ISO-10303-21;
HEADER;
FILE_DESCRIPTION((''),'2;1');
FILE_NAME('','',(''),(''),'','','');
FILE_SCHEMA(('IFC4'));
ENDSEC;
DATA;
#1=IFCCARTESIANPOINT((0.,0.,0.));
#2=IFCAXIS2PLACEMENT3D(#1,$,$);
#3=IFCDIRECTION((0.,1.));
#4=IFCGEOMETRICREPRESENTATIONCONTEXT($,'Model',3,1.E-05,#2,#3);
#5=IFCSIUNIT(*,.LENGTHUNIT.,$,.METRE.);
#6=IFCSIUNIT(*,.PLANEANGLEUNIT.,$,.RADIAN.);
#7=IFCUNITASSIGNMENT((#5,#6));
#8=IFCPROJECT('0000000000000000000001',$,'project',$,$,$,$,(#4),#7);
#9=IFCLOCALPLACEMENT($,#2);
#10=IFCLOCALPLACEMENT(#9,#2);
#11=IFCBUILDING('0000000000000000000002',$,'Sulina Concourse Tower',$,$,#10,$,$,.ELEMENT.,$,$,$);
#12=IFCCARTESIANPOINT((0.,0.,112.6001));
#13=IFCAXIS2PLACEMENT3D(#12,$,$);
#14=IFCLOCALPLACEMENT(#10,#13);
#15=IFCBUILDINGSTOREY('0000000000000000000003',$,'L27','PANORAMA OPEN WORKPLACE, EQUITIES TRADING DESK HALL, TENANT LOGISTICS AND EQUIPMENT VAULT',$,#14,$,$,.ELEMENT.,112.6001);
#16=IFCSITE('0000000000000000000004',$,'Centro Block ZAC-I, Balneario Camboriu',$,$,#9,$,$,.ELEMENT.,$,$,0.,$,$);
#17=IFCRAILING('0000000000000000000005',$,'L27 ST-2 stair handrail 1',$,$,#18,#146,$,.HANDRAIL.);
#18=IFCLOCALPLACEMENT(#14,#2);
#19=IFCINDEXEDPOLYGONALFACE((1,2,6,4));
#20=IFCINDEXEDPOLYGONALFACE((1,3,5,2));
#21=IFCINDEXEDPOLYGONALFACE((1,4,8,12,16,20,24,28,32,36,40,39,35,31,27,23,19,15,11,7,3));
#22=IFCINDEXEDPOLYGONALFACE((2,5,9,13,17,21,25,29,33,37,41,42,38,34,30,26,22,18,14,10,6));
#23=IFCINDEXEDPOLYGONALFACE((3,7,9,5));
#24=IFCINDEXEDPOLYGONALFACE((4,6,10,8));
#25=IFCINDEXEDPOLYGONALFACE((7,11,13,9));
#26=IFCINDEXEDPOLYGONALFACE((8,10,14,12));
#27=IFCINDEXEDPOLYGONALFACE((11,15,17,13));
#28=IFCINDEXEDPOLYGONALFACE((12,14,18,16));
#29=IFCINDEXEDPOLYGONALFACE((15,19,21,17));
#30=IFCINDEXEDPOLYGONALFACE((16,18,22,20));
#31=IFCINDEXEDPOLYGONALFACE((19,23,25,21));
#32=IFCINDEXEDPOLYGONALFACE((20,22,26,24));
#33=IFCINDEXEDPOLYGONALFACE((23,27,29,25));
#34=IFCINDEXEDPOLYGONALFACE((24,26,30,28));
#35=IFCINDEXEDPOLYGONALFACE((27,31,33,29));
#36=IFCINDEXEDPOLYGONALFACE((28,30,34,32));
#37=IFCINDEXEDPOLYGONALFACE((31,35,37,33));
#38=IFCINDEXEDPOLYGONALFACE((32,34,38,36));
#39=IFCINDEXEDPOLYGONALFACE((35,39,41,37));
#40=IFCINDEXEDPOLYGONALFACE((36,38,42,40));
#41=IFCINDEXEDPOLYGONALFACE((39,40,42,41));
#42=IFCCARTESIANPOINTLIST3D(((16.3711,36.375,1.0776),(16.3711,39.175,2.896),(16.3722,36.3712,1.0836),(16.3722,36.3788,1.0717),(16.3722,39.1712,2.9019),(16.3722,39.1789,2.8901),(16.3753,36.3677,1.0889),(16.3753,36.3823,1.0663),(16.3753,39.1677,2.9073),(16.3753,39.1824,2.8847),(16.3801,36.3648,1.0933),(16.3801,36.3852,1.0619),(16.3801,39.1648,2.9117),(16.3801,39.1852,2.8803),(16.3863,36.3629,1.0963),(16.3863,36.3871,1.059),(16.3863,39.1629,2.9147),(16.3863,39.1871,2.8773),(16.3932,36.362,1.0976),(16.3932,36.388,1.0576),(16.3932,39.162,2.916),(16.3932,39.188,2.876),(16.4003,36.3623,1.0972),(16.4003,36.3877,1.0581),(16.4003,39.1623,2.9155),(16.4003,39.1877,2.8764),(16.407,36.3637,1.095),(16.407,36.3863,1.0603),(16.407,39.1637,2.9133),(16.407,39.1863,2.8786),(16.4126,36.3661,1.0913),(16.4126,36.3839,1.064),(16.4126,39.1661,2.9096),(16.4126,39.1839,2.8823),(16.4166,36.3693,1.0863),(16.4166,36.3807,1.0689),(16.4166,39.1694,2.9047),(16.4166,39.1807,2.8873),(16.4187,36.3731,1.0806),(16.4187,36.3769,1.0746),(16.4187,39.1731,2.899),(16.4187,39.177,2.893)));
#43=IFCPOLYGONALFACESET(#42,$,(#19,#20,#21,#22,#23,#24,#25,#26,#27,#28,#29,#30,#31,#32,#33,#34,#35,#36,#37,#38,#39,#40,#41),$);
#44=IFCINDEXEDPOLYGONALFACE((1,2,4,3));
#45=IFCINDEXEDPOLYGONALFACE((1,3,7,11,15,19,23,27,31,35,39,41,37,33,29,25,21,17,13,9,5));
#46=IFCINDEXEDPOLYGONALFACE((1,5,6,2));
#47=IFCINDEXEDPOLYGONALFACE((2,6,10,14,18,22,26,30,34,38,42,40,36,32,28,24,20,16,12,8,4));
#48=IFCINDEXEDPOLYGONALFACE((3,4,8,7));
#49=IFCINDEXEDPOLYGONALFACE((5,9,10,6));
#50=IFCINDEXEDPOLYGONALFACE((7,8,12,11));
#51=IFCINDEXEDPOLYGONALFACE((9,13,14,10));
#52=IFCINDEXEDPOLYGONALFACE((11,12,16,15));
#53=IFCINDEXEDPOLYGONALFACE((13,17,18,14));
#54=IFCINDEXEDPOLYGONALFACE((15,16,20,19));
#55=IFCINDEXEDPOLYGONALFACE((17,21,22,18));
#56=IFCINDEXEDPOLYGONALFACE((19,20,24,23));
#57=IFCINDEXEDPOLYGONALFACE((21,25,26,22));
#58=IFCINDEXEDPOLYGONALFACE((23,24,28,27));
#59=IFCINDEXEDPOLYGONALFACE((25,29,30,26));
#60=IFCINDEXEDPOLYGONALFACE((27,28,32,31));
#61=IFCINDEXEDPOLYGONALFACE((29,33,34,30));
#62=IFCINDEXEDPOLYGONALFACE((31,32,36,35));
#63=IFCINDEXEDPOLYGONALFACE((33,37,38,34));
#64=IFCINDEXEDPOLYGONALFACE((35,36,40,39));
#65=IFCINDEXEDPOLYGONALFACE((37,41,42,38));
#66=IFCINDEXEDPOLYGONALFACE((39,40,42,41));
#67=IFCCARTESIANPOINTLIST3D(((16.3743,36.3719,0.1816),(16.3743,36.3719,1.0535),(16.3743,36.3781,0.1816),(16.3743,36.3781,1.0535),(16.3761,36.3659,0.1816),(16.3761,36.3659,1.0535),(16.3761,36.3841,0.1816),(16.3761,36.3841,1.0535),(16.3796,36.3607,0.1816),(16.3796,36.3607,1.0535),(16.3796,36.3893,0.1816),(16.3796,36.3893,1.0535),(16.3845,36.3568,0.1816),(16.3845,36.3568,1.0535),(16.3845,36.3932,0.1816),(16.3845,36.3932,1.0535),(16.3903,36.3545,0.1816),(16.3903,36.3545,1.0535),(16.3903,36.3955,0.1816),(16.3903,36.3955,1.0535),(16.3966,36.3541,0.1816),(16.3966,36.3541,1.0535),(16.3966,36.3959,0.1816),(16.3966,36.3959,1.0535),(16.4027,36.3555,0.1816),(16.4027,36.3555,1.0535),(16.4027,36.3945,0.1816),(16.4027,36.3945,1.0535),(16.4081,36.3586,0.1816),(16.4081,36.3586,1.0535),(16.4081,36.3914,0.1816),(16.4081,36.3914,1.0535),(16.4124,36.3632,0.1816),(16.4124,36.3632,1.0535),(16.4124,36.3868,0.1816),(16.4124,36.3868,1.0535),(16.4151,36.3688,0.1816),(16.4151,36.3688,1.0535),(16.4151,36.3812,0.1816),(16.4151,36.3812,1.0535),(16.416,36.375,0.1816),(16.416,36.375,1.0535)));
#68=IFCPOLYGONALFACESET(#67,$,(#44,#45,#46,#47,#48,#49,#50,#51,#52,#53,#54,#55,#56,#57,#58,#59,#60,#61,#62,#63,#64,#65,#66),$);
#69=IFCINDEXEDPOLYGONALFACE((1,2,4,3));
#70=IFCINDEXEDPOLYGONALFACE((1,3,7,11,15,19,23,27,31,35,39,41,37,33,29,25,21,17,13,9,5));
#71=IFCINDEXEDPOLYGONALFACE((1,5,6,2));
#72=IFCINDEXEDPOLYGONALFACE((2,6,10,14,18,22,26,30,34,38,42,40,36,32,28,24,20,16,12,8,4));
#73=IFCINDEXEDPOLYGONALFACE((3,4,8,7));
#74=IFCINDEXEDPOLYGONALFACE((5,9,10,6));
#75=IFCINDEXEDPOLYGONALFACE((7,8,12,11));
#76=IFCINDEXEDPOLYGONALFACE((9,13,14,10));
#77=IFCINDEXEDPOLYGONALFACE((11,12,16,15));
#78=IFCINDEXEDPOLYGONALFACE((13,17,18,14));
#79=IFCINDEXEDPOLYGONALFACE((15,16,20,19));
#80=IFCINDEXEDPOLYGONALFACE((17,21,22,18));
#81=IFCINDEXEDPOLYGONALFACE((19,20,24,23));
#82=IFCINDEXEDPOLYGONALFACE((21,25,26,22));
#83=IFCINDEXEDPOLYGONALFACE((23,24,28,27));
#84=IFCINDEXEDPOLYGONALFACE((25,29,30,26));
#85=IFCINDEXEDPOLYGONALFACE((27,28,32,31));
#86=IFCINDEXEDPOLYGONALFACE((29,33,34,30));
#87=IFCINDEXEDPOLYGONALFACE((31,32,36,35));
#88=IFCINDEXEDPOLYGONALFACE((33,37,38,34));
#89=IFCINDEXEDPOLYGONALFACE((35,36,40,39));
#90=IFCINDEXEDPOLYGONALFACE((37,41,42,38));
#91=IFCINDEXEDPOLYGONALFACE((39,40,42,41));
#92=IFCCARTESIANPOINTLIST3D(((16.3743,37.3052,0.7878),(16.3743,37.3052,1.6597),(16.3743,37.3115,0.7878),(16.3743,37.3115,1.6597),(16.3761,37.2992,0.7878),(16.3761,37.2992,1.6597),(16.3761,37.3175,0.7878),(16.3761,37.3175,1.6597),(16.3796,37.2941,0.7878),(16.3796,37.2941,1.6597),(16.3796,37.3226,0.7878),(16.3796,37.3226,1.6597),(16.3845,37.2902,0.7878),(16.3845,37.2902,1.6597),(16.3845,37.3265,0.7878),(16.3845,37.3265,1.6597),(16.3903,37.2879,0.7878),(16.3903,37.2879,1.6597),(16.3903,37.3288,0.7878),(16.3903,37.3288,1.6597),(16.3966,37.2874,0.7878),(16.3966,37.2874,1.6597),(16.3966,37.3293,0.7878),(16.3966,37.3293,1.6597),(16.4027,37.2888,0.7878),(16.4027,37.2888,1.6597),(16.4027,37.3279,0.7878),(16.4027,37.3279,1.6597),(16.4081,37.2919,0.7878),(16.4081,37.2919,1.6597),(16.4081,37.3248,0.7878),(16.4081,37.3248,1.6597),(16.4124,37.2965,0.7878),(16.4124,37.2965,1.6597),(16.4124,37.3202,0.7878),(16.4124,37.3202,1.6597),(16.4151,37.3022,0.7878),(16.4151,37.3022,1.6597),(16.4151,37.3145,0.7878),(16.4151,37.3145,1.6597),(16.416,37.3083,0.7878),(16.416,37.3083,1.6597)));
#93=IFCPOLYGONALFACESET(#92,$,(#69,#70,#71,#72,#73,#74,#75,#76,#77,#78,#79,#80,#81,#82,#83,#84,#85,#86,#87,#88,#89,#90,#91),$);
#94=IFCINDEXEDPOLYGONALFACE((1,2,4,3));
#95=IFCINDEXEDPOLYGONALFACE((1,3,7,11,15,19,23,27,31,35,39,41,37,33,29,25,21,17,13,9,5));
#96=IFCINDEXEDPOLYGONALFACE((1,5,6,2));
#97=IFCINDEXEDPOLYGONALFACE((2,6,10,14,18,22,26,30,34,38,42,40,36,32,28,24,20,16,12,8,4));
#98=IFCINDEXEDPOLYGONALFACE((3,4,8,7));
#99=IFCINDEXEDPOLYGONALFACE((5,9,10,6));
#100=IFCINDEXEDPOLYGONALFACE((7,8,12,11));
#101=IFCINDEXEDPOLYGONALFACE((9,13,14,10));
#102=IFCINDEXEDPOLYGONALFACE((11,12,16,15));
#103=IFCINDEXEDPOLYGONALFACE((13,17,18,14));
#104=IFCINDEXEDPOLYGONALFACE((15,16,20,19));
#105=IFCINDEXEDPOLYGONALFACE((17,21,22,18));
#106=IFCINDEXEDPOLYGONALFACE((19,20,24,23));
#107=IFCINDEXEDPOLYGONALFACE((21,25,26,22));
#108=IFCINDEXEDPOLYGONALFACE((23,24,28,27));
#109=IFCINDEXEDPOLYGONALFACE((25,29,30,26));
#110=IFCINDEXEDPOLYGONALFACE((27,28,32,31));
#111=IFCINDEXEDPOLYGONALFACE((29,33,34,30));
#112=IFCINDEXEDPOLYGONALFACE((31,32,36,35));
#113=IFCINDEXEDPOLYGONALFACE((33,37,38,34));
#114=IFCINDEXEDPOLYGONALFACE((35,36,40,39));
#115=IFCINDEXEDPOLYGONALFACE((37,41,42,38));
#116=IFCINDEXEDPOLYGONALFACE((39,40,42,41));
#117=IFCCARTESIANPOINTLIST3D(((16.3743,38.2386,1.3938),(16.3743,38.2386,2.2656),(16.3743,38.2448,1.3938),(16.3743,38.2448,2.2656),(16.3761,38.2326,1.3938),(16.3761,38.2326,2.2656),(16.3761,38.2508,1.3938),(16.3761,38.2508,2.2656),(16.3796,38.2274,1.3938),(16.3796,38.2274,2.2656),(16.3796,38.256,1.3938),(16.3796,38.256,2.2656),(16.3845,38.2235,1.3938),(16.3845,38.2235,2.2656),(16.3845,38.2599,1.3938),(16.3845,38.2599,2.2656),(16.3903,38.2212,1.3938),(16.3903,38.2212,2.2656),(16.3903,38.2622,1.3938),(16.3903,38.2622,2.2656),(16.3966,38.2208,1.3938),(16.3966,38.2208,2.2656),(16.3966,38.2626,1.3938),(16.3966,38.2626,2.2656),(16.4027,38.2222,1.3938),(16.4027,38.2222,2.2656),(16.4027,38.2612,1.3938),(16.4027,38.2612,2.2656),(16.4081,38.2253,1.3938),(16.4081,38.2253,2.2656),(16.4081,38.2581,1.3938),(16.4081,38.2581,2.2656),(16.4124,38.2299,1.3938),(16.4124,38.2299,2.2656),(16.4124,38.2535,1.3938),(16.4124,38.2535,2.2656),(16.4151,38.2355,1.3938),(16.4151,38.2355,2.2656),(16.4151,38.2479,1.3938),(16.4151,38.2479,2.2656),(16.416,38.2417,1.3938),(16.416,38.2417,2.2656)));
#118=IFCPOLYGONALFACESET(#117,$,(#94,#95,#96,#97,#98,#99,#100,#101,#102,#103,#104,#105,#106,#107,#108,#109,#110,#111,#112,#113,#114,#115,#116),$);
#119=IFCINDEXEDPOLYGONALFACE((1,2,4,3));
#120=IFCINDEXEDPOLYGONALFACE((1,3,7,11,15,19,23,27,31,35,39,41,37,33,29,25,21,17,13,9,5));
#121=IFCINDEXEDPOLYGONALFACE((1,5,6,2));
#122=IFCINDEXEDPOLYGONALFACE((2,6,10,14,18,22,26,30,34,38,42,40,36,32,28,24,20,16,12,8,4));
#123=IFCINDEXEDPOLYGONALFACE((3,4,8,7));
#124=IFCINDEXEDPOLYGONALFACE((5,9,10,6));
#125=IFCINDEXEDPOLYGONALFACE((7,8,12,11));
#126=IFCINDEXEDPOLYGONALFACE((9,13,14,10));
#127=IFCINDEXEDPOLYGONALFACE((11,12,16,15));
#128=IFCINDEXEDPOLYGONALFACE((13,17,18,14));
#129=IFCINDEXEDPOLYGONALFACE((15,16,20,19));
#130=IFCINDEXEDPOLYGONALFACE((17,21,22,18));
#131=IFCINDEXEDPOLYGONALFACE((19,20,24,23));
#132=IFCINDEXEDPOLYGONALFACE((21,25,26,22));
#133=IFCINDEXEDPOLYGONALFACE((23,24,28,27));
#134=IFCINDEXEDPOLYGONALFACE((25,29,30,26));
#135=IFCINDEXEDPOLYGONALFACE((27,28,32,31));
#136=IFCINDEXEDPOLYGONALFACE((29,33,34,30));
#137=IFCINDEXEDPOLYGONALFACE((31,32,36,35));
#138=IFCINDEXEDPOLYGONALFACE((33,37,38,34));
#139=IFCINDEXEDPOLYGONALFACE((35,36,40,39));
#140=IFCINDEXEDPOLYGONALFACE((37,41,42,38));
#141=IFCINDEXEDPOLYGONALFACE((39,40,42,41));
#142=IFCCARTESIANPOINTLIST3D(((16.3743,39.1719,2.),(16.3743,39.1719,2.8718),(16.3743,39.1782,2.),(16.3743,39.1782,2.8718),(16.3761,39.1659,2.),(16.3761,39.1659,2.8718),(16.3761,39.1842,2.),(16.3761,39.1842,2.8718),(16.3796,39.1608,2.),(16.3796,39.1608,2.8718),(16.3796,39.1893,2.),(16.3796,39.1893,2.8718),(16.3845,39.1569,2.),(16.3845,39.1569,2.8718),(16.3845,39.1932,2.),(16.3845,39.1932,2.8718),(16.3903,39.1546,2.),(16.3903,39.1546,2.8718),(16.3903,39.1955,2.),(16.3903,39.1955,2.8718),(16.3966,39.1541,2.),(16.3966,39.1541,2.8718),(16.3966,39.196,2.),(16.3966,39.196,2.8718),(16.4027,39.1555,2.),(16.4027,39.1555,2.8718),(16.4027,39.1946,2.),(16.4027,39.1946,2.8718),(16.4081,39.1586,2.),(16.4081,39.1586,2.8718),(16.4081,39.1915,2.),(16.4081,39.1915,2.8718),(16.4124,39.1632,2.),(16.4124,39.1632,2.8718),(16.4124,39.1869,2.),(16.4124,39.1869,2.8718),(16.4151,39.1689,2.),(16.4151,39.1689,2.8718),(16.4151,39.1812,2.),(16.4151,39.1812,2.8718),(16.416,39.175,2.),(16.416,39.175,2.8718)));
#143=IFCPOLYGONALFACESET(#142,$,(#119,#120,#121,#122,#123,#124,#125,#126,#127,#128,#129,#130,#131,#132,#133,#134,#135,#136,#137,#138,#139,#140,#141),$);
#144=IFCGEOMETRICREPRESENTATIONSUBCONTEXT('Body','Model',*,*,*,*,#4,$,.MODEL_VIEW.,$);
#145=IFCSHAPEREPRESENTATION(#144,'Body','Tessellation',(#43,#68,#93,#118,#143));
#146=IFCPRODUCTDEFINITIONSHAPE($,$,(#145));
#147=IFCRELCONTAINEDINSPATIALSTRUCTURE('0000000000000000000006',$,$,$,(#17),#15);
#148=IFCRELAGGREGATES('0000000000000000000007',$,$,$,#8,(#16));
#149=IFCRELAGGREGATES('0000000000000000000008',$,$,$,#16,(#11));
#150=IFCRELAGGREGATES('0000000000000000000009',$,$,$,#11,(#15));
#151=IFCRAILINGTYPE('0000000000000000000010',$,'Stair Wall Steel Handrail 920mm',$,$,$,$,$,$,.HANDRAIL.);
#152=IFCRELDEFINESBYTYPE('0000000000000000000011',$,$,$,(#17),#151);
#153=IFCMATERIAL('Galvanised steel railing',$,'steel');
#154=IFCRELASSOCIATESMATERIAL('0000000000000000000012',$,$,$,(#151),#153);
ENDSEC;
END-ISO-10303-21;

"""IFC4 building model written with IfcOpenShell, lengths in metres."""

from ifc_helpers import new_model, si_unit, direction, frame, origin, origin_2d, place, context, subcontext, project, spatial, circle, extrude, material, type_object, element, save


model = new_model("IFC4")

# Units and contexts
model_context = context("Model", 3, precision=1e-05, world=origin(), true_north=direction((0.0, 1.0)))
body_context = subcontext(model_context, "Body", "Model", "MODEL_VIEW")
ifc_project = project(units=[si_unit("LENGTHUNIT", "METRE"), si_unit("PLANEANGLEUNIT", "RADIAN")], contexts=[model_context])

# Site, building, storey
site_placement = place(None, origin())
site = spatial("IfcSite", under=ifc_project, at=site_placement, Name="Centro Block ZAC-I, Balneario Camboriu", CompositionType="ELEMENT", RefElevation=0.0)
building_placement = place(site_placement, origin())
building = spatial("IfcBuilding", under=site, at=building_placement, Name="Sulina Concourse Tower", CompositionType="ELEMENT")
storey_placement = place(building_placement, frame((0.0, 0.0, 112.6001)))
storey = spatial("IfcBuildingStorey", under=building, at=storey_placement, Name="L27", Description="PANORAMA OPEN WORKPLACE, EQUITIES TRADING DESK HALL, TENANT LOGISTICS AND EQUIPMENT VAULT", CompositionType="ELEMENT", Elevation=112.6001)

# Railing
ifc_material_1 = material(Name="Galvanised steel railing", Category="steel")
railing_type_1 = type_object("IfcRailingType", Name="Stair Wall Steel Handrail 920mm", PredefinedType="HANDRAIL", material=ifc_material_1)
railing_1_placement = place(storey_placement, frame((16.395, 36.375, 0.1816)))
element("IfcRailing", 1, at=railing_1_placement, inside=storey, type_object=railing_type_1, Name="L27 ST-2 stair handrail 1", PredefinedType="HANDRAIL", context=body_context, shape_type="SweptSolid", body=[
    extrude(circle(Radius=0.0239, at=origin_2d()), frame((0.0, 0.0, 0.896), z_axis=(0.0, 0.838672, 0.544636), x_axis=(-1.0, 0.0, 0.0)), (0.0, 0.0, 1.0), 3.3386),
    extrude(circle(Radius=0.021, at=origin_2d()), origin(), (0.0, 0.0, 1.0), 0.8718),
    extrude(circle(Radius=0.021, at=origin_2d()), frame((0.0, 0.9333, 0.6062)), (0.0, 0.0, 1.0), 0.8718),
    extrude(circle(Radius=0.021, at=origin_2d()), frame((0.0, 1.8667, 1.2122)), (0.0, 0.0, 1.0), 0.8718),
    extrude(circle(Radius=0.021, at=origin_2d()), frame((0.0, 2.8, 1.8184)), (0.0, 0.0, 1.0), 0.8718),
])

save(model, "model.ifc")
